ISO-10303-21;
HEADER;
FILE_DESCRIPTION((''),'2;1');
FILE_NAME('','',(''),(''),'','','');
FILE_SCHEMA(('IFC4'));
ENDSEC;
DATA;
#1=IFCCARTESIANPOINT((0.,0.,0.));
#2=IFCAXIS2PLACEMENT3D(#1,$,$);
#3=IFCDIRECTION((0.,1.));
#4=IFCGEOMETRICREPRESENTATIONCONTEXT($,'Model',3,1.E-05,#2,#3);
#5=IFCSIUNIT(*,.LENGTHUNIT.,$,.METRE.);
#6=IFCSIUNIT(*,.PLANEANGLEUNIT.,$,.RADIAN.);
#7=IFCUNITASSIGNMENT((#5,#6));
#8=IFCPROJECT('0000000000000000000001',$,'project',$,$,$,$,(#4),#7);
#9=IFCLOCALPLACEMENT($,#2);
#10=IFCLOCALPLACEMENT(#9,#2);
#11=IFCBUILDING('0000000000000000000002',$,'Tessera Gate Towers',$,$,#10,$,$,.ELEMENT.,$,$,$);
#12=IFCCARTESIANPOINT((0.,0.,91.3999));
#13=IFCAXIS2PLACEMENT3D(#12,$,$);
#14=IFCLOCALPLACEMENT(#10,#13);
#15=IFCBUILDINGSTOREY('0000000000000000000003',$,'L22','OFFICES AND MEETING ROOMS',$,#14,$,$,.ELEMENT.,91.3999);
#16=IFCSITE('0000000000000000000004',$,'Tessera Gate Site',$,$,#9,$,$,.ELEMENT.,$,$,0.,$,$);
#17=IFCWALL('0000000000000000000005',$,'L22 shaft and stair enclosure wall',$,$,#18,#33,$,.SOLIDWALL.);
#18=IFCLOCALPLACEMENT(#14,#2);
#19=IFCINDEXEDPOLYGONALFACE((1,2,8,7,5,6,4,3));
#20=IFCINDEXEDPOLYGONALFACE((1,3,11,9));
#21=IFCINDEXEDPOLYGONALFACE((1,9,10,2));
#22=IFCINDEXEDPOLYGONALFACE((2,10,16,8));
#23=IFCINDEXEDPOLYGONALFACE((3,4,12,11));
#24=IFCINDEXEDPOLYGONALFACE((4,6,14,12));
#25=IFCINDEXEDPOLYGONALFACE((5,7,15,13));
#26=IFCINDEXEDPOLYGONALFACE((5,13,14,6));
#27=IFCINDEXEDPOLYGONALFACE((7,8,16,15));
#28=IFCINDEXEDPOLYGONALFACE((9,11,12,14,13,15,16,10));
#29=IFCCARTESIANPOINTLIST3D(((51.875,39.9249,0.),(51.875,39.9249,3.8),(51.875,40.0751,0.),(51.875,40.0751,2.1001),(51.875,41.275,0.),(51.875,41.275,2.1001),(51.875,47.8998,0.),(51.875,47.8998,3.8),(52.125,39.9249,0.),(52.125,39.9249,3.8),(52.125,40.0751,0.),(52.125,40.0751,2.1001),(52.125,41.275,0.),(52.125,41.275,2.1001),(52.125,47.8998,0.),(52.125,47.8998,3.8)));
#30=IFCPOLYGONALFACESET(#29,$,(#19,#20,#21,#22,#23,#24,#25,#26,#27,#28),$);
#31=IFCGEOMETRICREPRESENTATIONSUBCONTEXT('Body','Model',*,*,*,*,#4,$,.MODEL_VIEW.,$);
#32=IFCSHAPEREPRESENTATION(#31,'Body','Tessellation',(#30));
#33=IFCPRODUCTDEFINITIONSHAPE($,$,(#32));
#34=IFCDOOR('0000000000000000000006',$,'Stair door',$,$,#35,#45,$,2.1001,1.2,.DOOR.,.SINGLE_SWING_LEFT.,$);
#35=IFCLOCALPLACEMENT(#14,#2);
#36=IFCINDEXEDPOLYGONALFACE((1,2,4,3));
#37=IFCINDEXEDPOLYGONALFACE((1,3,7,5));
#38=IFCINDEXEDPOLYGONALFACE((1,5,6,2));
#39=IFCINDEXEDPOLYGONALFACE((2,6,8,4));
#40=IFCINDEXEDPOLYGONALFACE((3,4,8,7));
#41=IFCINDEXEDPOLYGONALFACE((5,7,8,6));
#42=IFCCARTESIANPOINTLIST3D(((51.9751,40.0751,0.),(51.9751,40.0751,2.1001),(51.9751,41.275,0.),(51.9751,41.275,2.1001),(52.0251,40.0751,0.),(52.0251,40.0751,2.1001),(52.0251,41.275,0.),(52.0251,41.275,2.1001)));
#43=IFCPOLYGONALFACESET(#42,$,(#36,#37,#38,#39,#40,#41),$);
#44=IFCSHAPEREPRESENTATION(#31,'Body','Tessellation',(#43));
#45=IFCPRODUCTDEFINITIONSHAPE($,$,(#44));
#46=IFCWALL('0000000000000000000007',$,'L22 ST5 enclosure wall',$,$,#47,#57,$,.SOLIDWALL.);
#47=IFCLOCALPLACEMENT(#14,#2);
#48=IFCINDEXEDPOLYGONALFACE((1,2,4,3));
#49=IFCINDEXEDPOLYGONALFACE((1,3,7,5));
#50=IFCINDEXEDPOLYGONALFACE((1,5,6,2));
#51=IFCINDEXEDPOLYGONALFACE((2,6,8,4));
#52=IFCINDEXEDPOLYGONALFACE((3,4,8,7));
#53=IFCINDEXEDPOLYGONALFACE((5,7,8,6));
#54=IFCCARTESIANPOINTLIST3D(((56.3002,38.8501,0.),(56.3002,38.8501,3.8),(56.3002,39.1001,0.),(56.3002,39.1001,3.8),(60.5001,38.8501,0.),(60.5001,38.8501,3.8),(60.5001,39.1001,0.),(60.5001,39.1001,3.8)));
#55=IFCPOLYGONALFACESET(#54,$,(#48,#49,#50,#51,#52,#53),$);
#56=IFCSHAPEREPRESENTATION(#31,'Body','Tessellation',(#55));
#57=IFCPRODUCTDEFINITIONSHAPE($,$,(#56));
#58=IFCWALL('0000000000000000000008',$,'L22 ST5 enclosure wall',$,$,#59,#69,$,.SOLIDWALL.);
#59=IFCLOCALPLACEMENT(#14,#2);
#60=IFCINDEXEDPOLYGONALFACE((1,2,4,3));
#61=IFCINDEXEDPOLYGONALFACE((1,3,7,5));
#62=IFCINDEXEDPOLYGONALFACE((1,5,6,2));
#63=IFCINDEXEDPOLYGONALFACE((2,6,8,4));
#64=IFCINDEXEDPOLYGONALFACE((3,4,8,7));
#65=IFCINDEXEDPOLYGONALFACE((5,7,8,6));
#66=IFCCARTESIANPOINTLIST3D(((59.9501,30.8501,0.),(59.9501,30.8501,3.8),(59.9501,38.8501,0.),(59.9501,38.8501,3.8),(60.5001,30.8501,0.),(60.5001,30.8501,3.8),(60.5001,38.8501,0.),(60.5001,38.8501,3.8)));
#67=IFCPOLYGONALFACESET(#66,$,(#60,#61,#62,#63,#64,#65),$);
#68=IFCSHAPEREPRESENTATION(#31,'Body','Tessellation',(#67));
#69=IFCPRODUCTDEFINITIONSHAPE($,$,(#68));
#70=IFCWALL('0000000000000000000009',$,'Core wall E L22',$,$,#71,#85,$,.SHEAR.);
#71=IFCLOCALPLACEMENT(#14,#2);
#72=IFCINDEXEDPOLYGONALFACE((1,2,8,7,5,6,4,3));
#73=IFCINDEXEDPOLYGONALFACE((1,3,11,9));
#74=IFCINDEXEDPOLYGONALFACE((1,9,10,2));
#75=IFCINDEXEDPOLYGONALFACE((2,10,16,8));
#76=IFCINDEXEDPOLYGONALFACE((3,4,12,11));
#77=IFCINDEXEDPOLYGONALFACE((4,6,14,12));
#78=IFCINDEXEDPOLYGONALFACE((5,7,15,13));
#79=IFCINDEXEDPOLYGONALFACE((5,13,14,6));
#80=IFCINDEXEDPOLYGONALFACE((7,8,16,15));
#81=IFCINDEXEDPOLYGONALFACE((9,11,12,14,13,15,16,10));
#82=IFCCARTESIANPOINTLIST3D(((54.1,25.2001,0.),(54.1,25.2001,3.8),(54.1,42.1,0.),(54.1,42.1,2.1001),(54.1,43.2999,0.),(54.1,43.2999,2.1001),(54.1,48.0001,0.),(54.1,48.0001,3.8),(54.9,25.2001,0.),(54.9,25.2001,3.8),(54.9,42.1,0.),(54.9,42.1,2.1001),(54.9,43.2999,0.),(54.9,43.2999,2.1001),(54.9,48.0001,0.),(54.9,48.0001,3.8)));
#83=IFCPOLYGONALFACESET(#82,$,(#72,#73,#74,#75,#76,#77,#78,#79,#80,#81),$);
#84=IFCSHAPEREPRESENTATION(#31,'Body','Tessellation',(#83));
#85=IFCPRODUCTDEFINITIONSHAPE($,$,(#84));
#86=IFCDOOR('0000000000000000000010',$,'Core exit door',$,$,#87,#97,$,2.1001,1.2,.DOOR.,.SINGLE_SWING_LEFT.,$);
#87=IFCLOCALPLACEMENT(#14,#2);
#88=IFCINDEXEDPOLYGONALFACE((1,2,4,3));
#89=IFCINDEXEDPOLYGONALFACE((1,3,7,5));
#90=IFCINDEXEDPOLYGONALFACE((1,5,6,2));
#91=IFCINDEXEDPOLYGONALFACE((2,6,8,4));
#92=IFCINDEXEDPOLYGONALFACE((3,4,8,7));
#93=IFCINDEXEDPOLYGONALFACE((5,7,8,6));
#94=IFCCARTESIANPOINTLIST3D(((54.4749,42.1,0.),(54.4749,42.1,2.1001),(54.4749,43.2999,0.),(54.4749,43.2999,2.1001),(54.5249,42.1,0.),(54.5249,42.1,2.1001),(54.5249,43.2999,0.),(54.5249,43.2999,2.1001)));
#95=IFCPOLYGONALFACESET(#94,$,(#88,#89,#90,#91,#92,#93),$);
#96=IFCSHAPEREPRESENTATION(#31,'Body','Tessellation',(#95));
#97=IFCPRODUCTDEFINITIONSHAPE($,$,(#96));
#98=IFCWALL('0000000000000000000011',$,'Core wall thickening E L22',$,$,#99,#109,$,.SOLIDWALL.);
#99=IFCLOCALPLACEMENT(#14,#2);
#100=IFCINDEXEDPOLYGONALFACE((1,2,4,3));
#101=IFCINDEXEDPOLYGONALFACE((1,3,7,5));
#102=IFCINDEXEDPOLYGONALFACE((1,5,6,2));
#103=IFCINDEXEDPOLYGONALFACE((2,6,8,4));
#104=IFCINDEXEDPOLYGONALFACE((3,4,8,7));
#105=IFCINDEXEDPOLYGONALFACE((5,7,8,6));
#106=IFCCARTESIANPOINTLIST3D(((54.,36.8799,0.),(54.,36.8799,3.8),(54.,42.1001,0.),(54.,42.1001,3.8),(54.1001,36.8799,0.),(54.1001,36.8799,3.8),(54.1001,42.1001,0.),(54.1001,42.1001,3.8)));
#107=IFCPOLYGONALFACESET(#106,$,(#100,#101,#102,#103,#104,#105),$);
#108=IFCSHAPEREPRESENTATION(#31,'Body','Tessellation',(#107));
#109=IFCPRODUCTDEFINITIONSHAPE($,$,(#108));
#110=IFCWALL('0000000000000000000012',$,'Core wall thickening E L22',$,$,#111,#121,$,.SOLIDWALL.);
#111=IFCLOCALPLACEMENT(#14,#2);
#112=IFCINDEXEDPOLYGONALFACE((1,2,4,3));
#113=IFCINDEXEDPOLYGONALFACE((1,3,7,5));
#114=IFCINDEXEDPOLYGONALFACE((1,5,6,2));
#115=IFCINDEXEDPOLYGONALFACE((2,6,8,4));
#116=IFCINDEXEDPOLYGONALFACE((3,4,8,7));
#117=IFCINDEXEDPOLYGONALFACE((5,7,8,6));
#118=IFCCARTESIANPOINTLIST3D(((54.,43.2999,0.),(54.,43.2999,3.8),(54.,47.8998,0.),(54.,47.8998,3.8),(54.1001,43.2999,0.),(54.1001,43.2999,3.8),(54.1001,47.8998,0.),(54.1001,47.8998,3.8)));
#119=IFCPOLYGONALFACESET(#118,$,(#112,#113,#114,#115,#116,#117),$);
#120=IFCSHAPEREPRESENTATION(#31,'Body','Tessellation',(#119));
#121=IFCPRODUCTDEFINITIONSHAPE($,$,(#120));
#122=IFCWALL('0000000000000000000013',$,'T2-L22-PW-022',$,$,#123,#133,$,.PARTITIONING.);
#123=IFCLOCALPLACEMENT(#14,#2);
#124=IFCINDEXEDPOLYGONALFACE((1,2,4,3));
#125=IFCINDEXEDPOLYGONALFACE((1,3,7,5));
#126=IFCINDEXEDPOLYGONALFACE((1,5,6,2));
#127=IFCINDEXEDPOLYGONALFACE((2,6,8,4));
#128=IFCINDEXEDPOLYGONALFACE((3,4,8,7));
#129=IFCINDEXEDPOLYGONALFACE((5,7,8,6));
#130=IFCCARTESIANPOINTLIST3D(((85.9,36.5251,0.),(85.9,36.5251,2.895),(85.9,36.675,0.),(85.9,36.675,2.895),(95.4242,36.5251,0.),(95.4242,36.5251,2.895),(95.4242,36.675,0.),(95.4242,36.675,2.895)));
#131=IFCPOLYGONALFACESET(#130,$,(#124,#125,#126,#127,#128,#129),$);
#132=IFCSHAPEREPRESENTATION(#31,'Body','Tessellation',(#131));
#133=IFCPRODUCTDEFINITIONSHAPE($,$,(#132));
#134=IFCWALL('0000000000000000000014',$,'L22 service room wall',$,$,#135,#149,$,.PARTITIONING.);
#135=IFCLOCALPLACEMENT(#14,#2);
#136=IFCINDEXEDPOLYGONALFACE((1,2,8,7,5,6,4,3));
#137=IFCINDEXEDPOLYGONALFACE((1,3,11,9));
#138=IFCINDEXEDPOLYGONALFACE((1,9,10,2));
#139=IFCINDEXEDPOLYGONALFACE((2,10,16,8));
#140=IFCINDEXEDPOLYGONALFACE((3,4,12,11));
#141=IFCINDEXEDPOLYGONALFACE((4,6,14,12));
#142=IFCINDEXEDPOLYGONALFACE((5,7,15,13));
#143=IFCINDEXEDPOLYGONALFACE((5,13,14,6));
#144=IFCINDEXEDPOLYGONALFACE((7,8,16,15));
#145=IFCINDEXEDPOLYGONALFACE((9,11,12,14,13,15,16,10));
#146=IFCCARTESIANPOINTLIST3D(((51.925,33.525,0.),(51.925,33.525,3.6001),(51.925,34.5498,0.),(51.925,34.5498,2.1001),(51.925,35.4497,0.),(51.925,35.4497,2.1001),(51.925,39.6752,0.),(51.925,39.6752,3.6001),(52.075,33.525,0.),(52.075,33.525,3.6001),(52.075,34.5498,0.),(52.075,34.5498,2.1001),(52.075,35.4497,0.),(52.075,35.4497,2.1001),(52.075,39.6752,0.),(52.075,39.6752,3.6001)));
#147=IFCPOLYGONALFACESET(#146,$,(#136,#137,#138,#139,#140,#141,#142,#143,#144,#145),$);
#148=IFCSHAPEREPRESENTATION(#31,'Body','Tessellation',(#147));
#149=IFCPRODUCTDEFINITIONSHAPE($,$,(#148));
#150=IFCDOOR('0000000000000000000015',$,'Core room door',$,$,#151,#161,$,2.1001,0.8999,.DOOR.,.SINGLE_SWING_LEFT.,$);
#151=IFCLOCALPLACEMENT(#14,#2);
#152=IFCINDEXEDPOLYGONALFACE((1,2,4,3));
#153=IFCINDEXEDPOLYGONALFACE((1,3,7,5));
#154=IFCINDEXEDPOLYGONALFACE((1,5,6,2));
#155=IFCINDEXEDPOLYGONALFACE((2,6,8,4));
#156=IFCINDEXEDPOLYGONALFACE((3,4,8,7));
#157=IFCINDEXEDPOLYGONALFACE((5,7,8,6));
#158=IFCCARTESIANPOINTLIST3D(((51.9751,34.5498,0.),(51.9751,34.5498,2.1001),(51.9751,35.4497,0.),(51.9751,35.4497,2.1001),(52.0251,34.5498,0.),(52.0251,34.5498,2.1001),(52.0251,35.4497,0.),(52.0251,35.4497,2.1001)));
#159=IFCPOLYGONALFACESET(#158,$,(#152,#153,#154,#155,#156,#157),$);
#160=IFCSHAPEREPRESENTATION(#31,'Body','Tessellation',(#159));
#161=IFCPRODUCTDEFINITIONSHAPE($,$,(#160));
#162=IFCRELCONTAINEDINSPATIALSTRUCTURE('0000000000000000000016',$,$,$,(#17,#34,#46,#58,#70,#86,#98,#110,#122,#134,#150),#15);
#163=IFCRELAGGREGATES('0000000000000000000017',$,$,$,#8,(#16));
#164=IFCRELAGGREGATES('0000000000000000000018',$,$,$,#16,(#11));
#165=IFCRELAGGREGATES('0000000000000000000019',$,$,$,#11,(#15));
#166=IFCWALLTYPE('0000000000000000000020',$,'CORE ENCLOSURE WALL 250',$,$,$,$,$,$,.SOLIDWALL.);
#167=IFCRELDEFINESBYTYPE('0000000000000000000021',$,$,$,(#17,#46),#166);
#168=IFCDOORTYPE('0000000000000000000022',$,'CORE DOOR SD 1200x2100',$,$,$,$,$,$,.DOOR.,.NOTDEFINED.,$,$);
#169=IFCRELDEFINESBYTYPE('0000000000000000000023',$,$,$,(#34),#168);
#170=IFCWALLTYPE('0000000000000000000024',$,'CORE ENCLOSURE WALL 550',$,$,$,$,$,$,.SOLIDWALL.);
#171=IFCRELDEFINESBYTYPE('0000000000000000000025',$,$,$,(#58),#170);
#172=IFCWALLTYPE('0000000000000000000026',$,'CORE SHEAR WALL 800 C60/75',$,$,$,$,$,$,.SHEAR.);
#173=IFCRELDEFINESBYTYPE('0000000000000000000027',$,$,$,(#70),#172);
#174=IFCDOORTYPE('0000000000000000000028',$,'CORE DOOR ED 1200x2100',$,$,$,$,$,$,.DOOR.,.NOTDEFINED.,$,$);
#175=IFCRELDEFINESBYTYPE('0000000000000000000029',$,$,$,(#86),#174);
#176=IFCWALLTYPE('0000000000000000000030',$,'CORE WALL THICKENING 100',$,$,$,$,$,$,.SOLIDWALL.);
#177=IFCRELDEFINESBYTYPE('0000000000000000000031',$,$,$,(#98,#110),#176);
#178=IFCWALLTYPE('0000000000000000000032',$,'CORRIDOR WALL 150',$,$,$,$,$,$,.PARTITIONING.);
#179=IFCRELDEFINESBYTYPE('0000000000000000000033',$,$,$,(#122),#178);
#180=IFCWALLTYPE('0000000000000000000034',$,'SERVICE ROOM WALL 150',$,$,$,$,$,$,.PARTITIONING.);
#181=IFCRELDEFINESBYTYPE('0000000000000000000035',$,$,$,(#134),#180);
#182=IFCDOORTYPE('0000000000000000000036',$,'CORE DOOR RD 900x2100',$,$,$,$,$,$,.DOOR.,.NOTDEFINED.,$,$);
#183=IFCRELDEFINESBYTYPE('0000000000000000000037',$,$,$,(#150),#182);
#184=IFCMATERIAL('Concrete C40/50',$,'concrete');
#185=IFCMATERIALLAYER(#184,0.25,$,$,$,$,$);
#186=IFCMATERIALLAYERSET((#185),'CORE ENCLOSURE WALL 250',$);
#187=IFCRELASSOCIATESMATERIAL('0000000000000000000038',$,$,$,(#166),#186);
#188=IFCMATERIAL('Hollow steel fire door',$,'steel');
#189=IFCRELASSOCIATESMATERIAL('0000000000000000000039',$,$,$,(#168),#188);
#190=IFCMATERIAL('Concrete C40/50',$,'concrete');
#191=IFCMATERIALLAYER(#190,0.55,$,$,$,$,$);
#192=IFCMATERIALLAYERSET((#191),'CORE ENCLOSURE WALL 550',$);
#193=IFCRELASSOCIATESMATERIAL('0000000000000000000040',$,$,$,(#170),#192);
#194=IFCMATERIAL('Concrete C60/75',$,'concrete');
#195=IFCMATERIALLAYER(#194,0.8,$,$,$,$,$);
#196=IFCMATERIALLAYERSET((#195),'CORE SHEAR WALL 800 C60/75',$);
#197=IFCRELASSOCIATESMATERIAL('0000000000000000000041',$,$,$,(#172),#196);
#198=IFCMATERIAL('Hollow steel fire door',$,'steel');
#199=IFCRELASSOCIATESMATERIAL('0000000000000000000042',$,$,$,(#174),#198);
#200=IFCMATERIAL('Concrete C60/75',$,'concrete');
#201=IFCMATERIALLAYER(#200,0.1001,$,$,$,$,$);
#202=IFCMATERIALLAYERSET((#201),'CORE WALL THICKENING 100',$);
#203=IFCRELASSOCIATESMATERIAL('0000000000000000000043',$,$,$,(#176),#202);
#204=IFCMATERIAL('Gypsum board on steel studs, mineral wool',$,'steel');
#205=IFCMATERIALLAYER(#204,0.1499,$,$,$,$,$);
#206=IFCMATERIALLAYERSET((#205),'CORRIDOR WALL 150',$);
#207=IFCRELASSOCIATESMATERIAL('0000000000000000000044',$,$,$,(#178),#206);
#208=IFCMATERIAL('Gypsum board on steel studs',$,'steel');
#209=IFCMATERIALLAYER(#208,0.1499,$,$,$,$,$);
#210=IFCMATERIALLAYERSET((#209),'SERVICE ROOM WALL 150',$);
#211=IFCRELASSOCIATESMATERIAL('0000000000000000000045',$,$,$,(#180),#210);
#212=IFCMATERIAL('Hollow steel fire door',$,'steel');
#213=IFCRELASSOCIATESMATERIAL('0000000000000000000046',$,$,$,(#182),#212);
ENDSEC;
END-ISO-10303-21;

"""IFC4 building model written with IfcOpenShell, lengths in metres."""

from ifc_helpers import new_model, si_unit, direction, frame, frame_2d, origin, place, context, subcontext, project, spatial, rectangle, extrude, source, transform, mapped, material, layer, layer_set, type_object, element, fill, save


model = new_model("IFC4")

# Units and contexts
model_context = context("Model", 3, precision=1e-05, world=origin(), true_north=direction((0.0, 1.0)))
body_context = subcontext(model_context, "Body", "Model", "MODEL_VIEW")
ifc_project = project(units=[si_unit("LENGTHUNIT", "METRE"), si_unit("PLANEANGLEUNIT", "RADIAN")], contexts=[model_context])

# Site, building, storey
site_placement = place(None, origin())
site = spatial("IfcSite", under=ifc_project, at=site_placement, Name="Tessera Gate Site", CompositionType="ELEMENT", RefElevation=0.0)
building_placement = place(site_placement, origin())
building = spatial("IfcBuilding", under=site, at=building_placement, Name="Tessera Gate Towers", CompositionType="ELEMENT")
storey_placement = place(building_placement, frame((0.0, 0.0, 91.3999)))
storey = spatial("IfcBuildingStorey", under=building, at=storey_placement, Name="L22", Description="OFFICES AND MEETING ROOMS", CompositionType="ELEMENT", Elevation=91.3999)

# Wall, opening, door
ifc_material_1 = material(Name="Concrete C40/50", Category="concrete")
ifc_layer_1 = layer(ifc_material_1, 0.25)
ifc_layer_set_1 = layer_set([ifc_layer_1], Name="CORE ENCLOSURE WALL 250")
wall_type_1 = type_object("IfcWallType", Name="CORE ENCLOSURE WALL 250", PredefinedType="SOLIDWALL", material=ifc_layer_set_1)
wall_1_placement = place(storey_placement, frame((52.0, 39.925, 0.0), z_axis=(0.0, 0.0, 1.0), x_axis=(0.0, 1.0, 0.0)))
wall_1 = element("IfcWall", 1, at=wall_1_placement, inside=storey, type_object=wall_type_1, Name="L22 shaft and stair enclosure wall", PredefinedType="SOLIDWALL", context=body_context, shape_type="SweptSolid", body=[
    extrude(rectangle(XDim=7.9749, YDim=0.25, at=frame_2d((3.9873, 0.0))), origin(), (0.0, 0.0, 1.0), 3.8),
])
shared_shape_1 = source(origin(), body_context, "Body", "SweptSolid", [
    extrude(rectangle(XDim=1.2, YDim=2.1001, at=frame_2d((0.6001, 1.05))), frame((0.0, 0.135, 0.0), z_axis=(0.0, -1.0, 0.0), x_axis=(1.0, 0.0, 0.0)), (0.0, 0.0, 1.0), 0.27),
])
opening_1_placement = place(wall_1_placement, frame((0.1499, 0.0, 0.0)))
opening_1 = element("IfcOpeningElement", 2, at=opening_1_placement, cuts=wall_1, PredefinedType="OPENING", context=body_context, shape_type="MappedRepresentation", body=[
    mapped(shared_shape_1, transform((0.0, 0.0, 0.0), scale=1.0)),
])
ifc_material_2 = material(Name="Hollow steel fire door", Category="steel")
door_type_1 = type_object("IfcDoorType", Name="CORE DOOR SD 1200x2100", OperationType="NOTDEFINED", PredefinedType="DOOR", material=ifc_material_2)
shared_shape_2 = source(origin(), body_context, "Body", "SweptSolid", [
    extrude(rectangle(XDim=1.2, YDim=2.1001, at=frame_2d((0.6001, 1.05))), frame((0.0, 0.0249, 0.0), z_axis=(0.0, -1.0, 0.0), x_axis=(1.0, 0.0, 0.0)), (0.0, 0.0, 1.0), 0.05),
])
door_1_placement = place(opening_1_placement, origin())
door_1 = element("IfcDoor", 3, at=door_1_placement, inside=storey, type_object=door_type_1, Name="Stair door", OperationType="SINGLE_SWING_LEFT", OverallHeight=2.1001, OverallWidth=1.2, PredefinedType="DOOR", context=body_context, shape_type="MappedRepresentation", body=[
    mapped(shared_shape_2, transform((0.0, 0.0, 0.0), scale=1.0)),
])
fill(opening_1, door_1)

# Walls
wall_2_placement = place(storey_placement, frame((56.3, 38.9751, 0.0), z_axis=(0.0, 0.0, 1.0), x_axis=(1.0, 0.0, 0.0)))
element("IfcWall", 4, at=wall_2_placement, inside=storey, type_object=wall_type_1, Name="L22 ST5 enclosure wall", PredefinedType="SOLIDWALL", context=body_context, shape_type="SweptSolid", body=[
    extrude(rectangle(XDim=4.2, YDim=0.25, at=frame_2d((2.1001, 0.0))), origin(), (0.0, 0.0, 1.0), 3.8),
])
ifc_material_3 = material(Name="Concrete C40/50", Category="concrete")
ifc_layer_2 = layer(ifc_material_3, 0.55)
ifc_layer_set_2 = layer_set([ifc_layer_2], Name="CORE ENCLOSURE WALL 550")
wall_type_2 = type_object("IfcWallType", Name="CORE ENCLOSURE WALL 550", PredefinedType="SOLIDWALL", material=ifc_layer_set_2)
wall_3_placement = place(storey_placement, frame((60.2251, 38.8501, 0.0), z_axis=(0.0, 0.0, 1.0), x_axis=(0.0, -1.0, 0.0)))
element("IfcWall", 5, at=wall_3_placement, inside=storey, type_object=wall_type_2, Name="L22 ST5 enclosure wall", PredefinedType="SOLIDWALL", context=body_context, shape_type="SweptSolid", body=[
    extrude(rectangle(XDim=8.0, YDim=0.55, at=frame_2d((4.0, 0.0))), origin(), (0.0, 0.0, 1.0), 3.8),
])

# Wall, opening, door
ifc_material_4 = material(Name="Concrete C60/75", Category="concrete")
ifc_layer_3 = layer(ifc_material_4, 0.8)
ifc_layer_set_3 = layer_set([ifc_layer_3], Name="CORE SHEAR WALL 800 C60/75")
wall_type_3 = type_object("IfcWallType", Name="CORE SHEAR WALL 800 C60/75", PredefinedType="SHEAR", material=ifc_layer_set_3)
wall_4_placement = place(storey_placement, frame((54.5, 48.0, 0.0), z_axis=(0.0, 0.0, 1.0), x_axis=(0.0, -1.0, 0.0)))
wall_4 = element("IfcWall", 6, at=wall_4_placement, inside=storey, type_object=wall_type_3, Name="Core wall E L22", PredefinedType="SHEAR", context=body_context, shape_type="SweptSolid", body=[
    extrude(rectangle(XDim=22.8, YDim=0.8, at=frame_2d((11.3999, 0.0))), origin(), (0.0, 0.0, 1.0), 3.8),
])
shared_shape_3 = source(origin(), body_context, "Body", "SweptSolid", [
    extrude(rectangle(XDim=1.2, YDim=2.1001, at=frame_2d((0.6001, 1.05))), frame((0.0, 0.4099, 0.0), z_axis=(0.0, -1.0, 0.0), x_axis=(1.0, 0.0, 0.0)), (0.0, 0.0, 1.0), 0.8201),
])
opening_2_placement = place(wall_4_placement, frame((4.7, 0.0, 0.0)))
opening_2 = element("IfcOpeningElement", 7, at=opening_2_placement, cuts=wall_4, PredefinedType="OPENING", context=body_context, shape_type="MappedRepresentation", body=[
    mapped(shared_shape_3, transform((0.0, 0.0, 0.0), scale=1.0)),
])
ifc_material_5 = material(Name="Hollow steel fire door", Category="steel")
door_type_2 = type_object("IfcDoorType", Name="CORE DOOR ED 1200x2100", OperationType="NOTDEFINED", PredefinedType="DOOR", material=ifc_material_5)
door_2_placement = place(opening_2_placement, origin())
door_2 = element("IfcDoor", 8, at=door_2_placement, inside=storey, type_object=door_type_2, Name="Core exit door", OperationType="SINGLE_SWING_LEFT", OverallHeight=2.1001, OverallWidth=1.2, PredefinedType="DOOR", context=body_context, shape_type="MappedRepresentation", body=[
    mapped(shared_shape_2, transform((0.0, 0.0, 0.0), scale=1.0)),
])
fill(opening_2, door_2)

# Walls
ifc_material_6 = material(Name="Concrete C60/75", Category="concrete")
ifc_layer_4 = layer(ifc_material_6, 0.1001)
ifc_layer_set_4 = layer_set([ifc_layer_4], Name="CORE WALL THICKENING 100")
wall_type_4 = type_object("IfcWallType", Name="CORE WALL THICKENING 100", PredefinedType="SOLIDWALL", material=ifc_layer_set_4)
wall_5_placement = place(storey_placement, frame((54.05, 36.8799, 0.0), z_axis=(0.0, 0.0, 1.0), x_axis=(0.0, 1.0, 0.0)))
element("IfcWall", 9, at=wall_5_placement, inside=storey, type_object=wall_type_4, Name="Core wall thickening E L22", PredefinedType="SOLIDWALL", context=body_context, shape_type="SweptSolid", body=[
    extrude(rectangle(XDim=5.2202, YDim=0.1001, at=frame_2d((2.6101, 0.0))), origin(), (0.0, 0.0, 1.0), 3.8),
])
wall_6_placement = place(storey_placement, frame((54.05, 43.3, 0.0), z_axis=(0.0, 0.0, 1.0), x_axis=(0.0, 1.0, 0.0)))
element("IfcWall", 10, at=wall_6_placement, inside=storey, type_object=wall_type_4, Name="Core wall thickening E L22", PredefinedType="SOLIDWALL", context=body_context, shape_type="SweptSolid", body=[
    extrude(rectangle(XDim=4.5999, YDim=0.1001, at=frame_2d((2.2998, 0.0))), origin(), (0.0, 0.0, 1.0), 3.8),
])
ifc_material_7 = material(Name="Gypsum board on steel studs, mineral wool", Category="steel")
ifc_layer_5 = layer(ifc_material_7, 0.1499)
ifc_layer_set_5 = layer_set([ifc_layer_5], Name="CORRIDOR WALL 150")
wall_type_5 = type_object("IfcWallType", Name="CORRIDOR WALL 150", PredefinedType="PARTITIONING", material=ifc_layer_set_5)
wall_7_placement = place(storey_placement, frame((85.8999, 36.6001, 0.0), z_axis=(0.0, 0.0, 1.0), x_axis=(1.0, 0.0, 0.0)))
element("IfcWall", 11, at=wall_7_placement, inside=storey, type_object=wall_type_5, Name="T2-L22-PW-022", PredefinedType="PARTITIONING", context=body_context, shape_type="SweptSolid", body=[
    extrude(rectangle(XDim=9.5242, YDim=0.1499, at=frame_2d((4.7622, 0.0))), origin(), (0.0, 0.0, 1.0), 2.895),
])

# Wall, opening, door
ifc_material_8 = material(Name="Gypsum board on steel studs", Category="steel")
ifc_layer_6 = layer(ifc_material_8, 0.1499)
ifc_layer_set_6 = layer_set([ifc_layer_6], Name="SERVICE ROOM WALL 150")
wall_type_6 = type_object("IfcWallType", Name="SERVICE ROOM WALL 150", PredefinedType="PARTITIONING", material=ifc_layer_set_6)
wall_8_placement = place(storey_placement, frame((52.0, 33.5249, 0.0), z_axis=(0.0, 0.0, 1.0), x_axis=(0.0, 1.0, 0.0)))
wall_8 = element("IfcWall", 12, at=wall_8_placement, inside=storey, type_object=wall_type_6, Name="L22 service room wall", PredefinedType="PARTITIONING", context=body_context, shape_type="SweptSolid", body=[
    extrude(rectangle(XDim=6.1501, YDim=0.1499, at=frame_2d((3.0752, 0.0))), origin(), (0.0, 0.0, 1.0), 3.6001),
])
shared_shape_4 = source(origin(), body_context, "Body", "SweptSolid", [
    extrude(rectangle(XDim=0.8999, YDim=2.1001, at=frame_2d((0.45, 1.05))), frame((0.0, 0.085, 0.0), z_axis=(0.0, -1.0, 0.0), x_axis=(1.0, 0.0, 0.0)), (0.0, 0.0, 1.0), 0.1699),
])
opening_3_placement = place(wall_8_placement, frame((1.0249, 0.0, 0.0)))
opening_3 = element("IfcOpeningElement", 13, at=opening_3_placement, cuts=wall_8, PredefinedType="OPENING", context=body_context, shape_type="MappedRepresentation", body=[
    mapped(shared_shape_4, transform((0.0, 0.0, 0.0), scale=1.0)),
])
ifc_material_9 = material(Name="Hollow steel fire door", Category="steel")
door_type_3 = type_object("IfcDoorType", Name="CORE DOOR RD 900x2100", OperationType="NOTDEFINED", PredefinedType="DOOR", material=ifc_material_9)
shared_shape_5 = source(origin(), body_context, "Body", "SweptSolid", [
    extrude(rectangle(XDim=0.8999, YDim=2.1001, at=frame_2d((0.45, 1.05))), frame((0.0, 0.0249, 0.0), z_axis=(0.0, -1.0, 0.0), x_axis=(1.0, 0.0, 0.0)), (0.0, 0.0, 1.0), 0.05),
])
door_3_placement = place(opening_3_placement, origin())
door_3 = element("IfcDoor", 14, at=door_3_placement, inside=storey, type_object=door_type_3, Name="Core room door", OperationType="SINGLE_SWING_LEFT", OverallHeight=2.1001, OverallWidth=0.8999, PredefinedType="DOOR", context=body_context, shape_type="MappedRepresentation", body=[
    mapped(shared_shape_5, transform((0.0, 0.0, 0.0), scale=1.0)),
])
fill(opening_3, door_3)

save(model, "model.ifc")
